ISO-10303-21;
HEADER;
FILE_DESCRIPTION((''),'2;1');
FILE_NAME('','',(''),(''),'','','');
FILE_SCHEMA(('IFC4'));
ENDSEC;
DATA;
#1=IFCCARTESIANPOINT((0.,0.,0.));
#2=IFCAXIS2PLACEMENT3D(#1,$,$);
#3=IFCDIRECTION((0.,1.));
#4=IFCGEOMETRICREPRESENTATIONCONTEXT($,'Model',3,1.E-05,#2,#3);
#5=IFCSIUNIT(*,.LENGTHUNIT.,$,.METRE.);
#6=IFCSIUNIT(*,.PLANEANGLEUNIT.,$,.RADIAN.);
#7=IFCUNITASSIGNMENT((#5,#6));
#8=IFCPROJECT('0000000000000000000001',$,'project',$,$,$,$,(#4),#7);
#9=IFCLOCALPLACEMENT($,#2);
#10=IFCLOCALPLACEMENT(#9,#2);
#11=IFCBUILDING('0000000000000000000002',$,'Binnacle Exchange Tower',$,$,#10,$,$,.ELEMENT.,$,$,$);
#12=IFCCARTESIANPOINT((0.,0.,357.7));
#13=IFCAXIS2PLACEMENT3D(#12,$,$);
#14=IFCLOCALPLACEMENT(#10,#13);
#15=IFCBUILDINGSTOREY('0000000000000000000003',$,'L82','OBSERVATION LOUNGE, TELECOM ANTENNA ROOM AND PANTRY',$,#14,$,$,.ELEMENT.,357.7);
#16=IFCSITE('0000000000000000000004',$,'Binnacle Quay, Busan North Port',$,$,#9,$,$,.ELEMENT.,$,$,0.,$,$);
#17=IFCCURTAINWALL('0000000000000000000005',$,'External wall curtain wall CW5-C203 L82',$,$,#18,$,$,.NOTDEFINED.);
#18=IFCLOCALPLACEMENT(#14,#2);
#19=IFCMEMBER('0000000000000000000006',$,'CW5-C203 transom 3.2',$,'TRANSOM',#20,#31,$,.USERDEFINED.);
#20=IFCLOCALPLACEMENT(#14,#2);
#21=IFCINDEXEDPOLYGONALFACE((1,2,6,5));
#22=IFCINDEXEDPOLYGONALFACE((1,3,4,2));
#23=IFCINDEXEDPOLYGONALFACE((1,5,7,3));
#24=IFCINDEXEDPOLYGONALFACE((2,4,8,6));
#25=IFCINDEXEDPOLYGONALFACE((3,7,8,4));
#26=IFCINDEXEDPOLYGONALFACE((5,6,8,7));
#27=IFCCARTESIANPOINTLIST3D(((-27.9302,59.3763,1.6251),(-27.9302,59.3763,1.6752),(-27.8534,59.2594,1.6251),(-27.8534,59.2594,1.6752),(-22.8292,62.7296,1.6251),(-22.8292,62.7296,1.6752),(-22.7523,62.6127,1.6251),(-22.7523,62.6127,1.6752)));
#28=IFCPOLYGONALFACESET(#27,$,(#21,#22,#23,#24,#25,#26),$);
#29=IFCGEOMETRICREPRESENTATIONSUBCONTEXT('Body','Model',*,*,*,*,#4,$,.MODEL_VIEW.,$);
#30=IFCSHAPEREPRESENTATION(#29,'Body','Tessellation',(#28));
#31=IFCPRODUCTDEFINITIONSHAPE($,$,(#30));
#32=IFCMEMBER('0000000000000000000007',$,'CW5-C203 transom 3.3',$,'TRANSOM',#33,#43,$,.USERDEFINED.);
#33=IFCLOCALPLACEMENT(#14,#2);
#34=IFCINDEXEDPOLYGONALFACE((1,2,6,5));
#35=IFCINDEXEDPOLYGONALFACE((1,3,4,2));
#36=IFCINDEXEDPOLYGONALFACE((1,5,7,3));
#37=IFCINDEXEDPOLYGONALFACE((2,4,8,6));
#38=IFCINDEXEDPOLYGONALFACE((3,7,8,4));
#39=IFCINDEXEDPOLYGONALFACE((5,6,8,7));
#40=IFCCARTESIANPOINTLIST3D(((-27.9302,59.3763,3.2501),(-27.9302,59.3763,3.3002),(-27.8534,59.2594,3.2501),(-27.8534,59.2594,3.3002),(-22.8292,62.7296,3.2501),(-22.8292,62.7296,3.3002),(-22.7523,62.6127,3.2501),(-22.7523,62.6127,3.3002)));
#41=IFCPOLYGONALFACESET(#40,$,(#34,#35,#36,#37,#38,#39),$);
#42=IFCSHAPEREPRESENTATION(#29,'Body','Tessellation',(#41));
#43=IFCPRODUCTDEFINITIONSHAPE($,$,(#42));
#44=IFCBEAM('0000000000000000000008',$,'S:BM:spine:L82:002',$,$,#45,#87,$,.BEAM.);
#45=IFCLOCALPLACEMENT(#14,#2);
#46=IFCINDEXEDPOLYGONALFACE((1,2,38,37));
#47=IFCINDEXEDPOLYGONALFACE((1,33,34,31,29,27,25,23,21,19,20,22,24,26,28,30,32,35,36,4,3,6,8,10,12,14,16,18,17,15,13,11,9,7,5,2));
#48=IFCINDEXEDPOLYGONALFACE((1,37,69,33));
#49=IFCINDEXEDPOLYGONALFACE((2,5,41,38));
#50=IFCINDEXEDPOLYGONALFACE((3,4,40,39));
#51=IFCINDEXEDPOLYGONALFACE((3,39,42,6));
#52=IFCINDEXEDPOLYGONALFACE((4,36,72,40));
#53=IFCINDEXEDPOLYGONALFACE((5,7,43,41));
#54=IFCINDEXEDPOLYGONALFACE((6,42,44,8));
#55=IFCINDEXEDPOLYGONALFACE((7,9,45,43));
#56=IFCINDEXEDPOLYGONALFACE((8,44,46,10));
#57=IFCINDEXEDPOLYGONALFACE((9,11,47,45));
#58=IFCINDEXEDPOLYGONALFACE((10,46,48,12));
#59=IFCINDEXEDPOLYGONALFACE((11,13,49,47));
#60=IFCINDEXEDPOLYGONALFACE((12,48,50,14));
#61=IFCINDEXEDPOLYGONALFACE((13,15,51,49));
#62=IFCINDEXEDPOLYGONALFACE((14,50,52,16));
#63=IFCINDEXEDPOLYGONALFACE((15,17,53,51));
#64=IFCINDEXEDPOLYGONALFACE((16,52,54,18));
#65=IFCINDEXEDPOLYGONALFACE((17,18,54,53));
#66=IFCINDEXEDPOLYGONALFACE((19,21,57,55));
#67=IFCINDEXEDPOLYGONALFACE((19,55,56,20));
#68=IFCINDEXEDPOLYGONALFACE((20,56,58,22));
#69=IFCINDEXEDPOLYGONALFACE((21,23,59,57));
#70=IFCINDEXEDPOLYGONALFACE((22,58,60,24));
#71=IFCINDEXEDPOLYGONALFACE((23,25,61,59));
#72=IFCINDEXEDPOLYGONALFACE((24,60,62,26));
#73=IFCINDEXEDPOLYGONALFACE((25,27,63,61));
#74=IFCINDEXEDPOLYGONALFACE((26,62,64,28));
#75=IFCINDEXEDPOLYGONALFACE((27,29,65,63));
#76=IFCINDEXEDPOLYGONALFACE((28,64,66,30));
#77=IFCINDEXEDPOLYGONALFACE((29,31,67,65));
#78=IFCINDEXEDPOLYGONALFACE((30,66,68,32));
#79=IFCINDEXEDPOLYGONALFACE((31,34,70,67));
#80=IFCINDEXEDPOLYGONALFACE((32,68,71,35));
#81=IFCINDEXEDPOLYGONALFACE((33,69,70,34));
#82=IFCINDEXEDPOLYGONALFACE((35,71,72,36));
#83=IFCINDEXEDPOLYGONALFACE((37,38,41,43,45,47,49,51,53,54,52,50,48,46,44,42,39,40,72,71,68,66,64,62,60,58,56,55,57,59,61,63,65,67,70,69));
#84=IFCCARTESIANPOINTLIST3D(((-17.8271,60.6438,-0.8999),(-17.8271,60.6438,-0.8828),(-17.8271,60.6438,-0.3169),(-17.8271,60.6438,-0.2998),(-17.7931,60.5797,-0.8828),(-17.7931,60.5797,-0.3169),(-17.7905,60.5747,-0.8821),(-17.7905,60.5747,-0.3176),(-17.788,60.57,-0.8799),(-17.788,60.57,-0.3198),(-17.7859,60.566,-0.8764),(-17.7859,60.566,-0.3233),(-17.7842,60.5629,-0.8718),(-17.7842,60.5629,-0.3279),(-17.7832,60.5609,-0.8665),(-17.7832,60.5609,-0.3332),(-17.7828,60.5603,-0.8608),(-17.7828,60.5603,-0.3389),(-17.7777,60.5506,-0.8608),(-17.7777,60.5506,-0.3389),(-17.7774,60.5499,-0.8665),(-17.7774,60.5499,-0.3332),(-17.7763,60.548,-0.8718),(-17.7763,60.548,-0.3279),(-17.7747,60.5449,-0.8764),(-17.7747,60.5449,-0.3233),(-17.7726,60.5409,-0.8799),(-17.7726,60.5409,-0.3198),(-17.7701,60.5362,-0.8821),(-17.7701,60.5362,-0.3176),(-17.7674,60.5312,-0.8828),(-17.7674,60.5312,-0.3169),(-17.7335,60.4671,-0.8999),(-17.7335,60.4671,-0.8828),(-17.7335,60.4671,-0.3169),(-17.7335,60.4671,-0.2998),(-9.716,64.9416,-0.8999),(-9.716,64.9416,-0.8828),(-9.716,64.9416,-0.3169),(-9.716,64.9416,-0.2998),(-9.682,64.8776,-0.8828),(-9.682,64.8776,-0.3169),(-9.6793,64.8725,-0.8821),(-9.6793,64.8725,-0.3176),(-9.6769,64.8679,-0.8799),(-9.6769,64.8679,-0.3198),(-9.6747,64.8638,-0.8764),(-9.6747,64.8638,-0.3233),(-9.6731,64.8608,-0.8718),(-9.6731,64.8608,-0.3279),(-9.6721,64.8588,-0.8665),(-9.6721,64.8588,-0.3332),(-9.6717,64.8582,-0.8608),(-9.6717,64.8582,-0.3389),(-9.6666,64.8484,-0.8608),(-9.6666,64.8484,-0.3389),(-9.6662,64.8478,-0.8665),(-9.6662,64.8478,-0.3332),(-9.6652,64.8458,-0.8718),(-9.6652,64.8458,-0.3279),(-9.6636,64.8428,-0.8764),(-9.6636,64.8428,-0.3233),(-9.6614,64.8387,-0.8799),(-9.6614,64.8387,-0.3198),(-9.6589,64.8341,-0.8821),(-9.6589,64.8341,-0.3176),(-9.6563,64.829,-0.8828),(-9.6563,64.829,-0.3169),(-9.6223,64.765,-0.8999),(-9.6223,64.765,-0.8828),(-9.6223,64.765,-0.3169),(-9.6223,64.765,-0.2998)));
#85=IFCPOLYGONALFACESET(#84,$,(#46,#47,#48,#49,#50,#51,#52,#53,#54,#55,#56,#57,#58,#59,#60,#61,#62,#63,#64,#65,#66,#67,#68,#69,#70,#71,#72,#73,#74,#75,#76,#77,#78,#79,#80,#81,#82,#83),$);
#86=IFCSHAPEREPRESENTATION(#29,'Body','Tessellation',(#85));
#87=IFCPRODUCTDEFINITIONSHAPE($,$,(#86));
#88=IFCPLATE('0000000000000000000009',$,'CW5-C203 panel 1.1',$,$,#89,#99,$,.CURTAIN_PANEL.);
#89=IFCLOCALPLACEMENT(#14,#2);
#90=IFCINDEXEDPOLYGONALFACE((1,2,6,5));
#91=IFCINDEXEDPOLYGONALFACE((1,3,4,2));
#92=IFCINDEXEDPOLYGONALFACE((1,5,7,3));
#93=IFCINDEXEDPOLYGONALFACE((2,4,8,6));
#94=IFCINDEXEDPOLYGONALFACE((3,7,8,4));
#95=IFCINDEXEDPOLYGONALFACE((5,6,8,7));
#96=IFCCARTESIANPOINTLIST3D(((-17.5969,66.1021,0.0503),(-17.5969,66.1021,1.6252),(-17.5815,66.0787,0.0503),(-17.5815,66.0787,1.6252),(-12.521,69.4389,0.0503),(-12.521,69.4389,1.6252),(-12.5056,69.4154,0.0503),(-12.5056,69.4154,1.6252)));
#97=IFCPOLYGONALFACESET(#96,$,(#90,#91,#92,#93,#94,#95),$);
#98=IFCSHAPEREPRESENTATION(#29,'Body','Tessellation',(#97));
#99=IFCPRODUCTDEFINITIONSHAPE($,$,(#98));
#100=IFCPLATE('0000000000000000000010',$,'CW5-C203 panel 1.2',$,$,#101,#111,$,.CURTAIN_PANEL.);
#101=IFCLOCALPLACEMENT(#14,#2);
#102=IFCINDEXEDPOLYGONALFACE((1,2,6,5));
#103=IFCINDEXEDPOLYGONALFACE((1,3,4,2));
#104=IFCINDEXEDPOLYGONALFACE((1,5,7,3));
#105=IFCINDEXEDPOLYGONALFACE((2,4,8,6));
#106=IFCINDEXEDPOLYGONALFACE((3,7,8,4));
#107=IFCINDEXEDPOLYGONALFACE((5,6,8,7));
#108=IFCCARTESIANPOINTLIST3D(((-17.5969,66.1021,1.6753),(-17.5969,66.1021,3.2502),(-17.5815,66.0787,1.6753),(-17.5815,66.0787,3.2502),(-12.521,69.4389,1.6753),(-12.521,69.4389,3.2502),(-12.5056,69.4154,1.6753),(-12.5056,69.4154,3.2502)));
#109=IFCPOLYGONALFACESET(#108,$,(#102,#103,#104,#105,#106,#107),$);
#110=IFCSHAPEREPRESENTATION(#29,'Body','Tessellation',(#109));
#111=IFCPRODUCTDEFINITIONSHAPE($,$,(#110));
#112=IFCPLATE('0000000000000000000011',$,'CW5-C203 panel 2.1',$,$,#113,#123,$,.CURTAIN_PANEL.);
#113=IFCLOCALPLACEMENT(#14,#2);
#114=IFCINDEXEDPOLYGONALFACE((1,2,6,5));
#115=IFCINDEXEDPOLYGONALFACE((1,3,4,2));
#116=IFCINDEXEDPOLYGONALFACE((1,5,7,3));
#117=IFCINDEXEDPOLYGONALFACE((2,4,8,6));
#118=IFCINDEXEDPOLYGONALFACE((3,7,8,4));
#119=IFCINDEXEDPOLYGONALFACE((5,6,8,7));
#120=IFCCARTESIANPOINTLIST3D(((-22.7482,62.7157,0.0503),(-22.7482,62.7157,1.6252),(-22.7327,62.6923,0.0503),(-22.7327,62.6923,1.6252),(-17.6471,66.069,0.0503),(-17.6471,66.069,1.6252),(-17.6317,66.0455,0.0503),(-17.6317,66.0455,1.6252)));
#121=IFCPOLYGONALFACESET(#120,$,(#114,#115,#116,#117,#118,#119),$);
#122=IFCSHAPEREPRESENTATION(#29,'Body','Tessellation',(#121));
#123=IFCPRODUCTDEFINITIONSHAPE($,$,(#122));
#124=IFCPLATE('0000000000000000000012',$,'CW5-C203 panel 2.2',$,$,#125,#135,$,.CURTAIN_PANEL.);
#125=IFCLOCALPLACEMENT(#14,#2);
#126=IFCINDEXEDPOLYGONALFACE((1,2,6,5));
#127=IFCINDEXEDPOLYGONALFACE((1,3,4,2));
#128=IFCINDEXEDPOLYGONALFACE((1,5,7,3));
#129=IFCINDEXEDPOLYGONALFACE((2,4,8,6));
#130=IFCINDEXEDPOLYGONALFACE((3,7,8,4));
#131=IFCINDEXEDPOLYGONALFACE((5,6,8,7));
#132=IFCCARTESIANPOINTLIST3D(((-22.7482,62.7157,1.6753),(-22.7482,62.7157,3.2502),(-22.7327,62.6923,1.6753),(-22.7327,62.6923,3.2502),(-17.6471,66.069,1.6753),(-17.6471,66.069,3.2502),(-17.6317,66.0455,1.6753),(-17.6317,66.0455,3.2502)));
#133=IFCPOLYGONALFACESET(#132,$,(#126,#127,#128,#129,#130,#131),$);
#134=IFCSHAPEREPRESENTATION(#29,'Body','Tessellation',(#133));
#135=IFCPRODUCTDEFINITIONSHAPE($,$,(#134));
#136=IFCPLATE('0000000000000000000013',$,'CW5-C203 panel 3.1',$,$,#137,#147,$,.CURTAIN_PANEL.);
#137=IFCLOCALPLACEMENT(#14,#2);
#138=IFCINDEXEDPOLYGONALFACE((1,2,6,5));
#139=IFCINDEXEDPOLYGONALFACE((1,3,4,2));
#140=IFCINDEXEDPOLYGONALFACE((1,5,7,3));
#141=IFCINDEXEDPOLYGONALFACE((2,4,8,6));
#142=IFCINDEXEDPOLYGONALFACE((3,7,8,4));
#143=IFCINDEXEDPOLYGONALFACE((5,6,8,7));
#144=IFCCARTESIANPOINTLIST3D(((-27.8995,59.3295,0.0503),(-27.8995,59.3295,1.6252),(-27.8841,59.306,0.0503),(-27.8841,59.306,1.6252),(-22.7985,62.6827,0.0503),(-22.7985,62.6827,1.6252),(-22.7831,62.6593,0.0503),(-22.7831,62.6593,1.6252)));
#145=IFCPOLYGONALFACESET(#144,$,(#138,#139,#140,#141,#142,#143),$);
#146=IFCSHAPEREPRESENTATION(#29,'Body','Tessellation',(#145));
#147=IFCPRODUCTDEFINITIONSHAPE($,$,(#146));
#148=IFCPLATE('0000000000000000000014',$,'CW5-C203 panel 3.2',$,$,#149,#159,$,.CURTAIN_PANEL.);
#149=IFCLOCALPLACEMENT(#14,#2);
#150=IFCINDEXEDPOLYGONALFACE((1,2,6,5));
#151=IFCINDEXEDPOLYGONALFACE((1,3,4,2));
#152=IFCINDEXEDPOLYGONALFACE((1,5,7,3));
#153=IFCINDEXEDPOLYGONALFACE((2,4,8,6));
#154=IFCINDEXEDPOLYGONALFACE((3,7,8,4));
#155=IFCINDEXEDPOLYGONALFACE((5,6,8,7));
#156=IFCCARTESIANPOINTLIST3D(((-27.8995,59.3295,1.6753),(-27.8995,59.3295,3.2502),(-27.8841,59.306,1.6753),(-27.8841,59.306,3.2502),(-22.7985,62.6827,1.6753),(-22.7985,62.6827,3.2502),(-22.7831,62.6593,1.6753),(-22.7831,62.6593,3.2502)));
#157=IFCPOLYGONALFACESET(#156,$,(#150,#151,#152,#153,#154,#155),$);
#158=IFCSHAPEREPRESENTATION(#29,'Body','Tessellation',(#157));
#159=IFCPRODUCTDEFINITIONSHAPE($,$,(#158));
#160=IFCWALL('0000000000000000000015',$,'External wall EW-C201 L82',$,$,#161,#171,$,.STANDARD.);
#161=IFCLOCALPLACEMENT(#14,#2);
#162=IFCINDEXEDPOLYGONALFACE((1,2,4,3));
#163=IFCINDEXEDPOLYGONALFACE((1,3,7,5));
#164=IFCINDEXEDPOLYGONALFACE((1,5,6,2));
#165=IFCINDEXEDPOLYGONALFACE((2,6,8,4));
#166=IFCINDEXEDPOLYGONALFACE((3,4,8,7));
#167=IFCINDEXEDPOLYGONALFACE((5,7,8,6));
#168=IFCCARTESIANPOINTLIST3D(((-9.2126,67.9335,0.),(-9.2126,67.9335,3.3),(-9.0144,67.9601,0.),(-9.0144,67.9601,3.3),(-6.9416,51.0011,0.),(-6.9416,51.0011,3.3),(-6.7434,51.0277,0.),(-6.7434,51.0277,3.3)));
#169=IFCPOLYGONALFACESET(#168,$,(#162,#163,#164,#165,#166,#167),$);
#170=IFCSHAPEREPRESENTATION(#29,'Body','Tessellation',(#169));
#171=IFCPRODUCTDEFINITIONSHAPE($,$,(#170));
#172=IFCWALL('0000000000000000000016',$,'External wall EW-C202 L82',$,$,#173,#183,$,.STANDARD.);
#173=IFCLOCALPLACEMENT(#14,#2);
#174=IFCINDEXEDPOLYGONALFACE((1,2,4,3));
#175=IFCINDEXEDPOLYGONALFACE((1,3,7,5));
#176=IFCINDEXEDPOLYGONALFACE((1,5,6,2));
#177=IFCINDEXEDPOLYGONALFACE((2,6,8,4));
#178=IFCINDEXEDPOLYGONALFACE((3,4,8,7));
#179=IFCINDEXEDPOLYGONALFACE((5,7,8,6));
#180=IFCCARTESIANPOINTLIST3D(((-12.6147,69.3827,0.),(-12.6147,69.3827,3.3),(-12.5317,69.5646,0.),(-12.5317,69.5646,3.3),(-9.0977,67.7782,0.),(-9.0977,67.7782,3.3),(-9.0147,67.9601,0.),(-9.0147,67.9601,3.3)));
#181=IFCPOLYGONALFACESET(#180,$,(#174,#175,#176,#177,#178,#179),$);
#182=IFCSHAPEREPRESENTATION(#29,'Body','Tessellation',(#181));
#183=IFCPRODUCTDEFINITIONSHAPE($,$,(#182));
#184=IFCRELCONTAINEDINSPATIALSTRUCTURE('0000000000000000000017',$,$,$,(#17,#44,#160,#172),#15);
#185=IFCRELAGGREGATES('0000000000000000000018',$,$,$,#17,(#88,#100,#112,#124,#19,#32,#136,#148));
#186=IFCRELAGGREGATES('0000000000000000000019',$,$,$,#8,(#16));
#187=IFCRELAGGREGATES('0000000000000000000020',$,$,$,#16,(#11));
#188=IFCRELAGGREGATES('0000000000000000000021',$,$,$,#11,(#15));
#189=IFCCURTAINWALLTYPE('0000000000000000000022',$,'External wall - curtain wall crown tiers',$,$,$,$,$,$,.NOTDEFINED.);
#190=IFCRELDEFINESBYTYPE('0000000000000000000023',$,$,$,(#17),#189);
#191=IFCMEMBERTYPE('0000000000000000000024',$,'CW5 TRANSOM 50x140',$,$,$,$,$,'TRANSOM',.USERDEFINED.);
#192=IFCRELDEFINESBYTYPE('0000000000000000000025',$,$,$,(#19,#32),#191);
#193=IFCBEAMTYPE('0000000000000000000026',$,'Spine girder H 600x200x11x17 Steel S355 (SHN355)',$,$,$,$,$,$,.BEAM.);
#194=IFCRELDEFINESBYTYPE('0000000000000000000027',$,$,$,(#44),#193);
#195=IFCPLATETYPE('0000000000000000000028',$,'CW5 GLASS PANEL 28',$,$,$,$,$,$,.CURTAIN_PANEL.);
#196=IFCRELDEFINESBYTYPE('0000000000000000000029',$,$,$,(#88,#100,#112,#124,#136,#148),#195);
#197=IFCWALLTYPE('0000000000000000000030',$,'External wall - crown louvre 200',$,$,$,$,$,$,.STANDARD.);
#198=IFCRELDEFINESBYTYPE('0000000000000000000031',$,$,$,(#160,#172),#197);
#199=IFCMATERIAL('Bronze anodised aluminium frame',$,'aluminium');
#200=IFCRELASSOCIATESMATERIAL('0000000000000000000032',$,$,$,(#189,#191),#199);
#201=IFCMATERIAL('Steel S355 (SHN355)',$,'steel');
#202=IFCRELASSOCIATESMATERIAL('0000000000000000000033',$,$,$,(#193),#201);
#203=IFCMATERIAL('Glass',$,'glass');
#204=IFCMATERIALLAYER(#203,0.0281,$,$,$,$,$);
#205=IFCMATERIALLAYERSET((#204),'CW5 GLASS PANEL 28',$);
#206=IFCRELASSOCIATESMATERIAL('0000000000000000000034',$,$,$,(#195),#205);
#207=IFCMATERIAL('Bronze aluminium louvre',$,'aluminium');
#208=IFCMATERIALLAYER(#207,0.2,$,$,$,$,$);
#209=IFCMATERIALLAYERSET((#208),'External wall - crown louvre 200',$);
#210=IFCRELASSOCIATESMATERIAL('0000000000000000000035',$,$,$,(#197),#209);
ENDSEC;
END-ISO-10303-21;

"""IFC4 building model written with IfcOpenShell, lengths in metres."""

from ifc_helpers import new_model, si_unit, direction, frame, frame_2d, origin, origin_2d, place, context, subcontext, project, spatial, rectangle, i_section, extrude, material, layer, layer_set, material_profile, profile_set, type_object, element, aggregate, save


model = new_model("IFC4")

# Units and contexts
model_context = context("Model", 3, precision=1e-05, world=origin(), true_north=direction((0.0, 1.0)))
body_context = subcontext(model_context, "Body", "Model", "MODEL_VIEW")
ifc_project = project(units=[si_unit("LENGTHUNIT", "METRE"), si_unit("PLANEANGLEUNIT", "RADIAN")], contexts=[model_context])

# Site, building, storey
site_placement = place(None, origin())
site = spatial("IfcSite", under=ifc_project, at=site_placement, Name="Binnacle Quay, Busan North Port", CompositionType="ELEMENT", RefElevation=0.0)
building_placement = place(site_placement, origin())
building = spatial("IfcBuilding", under=site, at=building_placement, Name="Binnacle Exchange Tower", CompositionType="ELEMENT")
storey_placement = place(building_placement, frame((0.0, 0.0, 357.7)))
storey = spatial("IfcBuildingStorey", under=building, at=storey_placement, Name="L82", Description="OBSERVATION LOUNGE, TELECOM ANTENNA ROOM AND PANTRY", CompositionType="ELEMENT", Elevation=357.7)

# Shared definitions
ifc_material_1 = material(Name="Steel S355 (SHN355)", Category="steel")

# Curtain wall, members
ifc_material_2 = material(Name="Bronze anodised aluminium frame", Category="aluminium")
curtain_wall_type = type_object("IfcCurtainWallType", Name="External wall - curtain wall crown tiers", PredefinedType="NOTDEFINED", material=ifc_material_2)
curtain_wall_placement = place(storey_placement, origin())
curtain_wall = element("IfcCurtainWall", 1, at=curtain_wall_placement, inside=storey, type_object=curtain_wall_type, Name="External wall curtain wall CW5-C203 L82", PredefinedType="NOTDEFINED")
ifc_material_profile_1 = material_profile(ifc_material_2, rectangle(XDim=0.1399, YDim=0.05, at=origin_2d()), Name="AL 140x50")
ifc_profile_set_1 = profile_set([ifc_material_profile_1], Name="Bronze anodised aluminium frame")
member_type_1 = type_object("IfcMemberType", Name="CW5 TRANSOM 50x140", ElementType="TRANSOM", PredefinedType="USERDEFINED", material=ifc_profile_set_1)
member_1_placement = place(storey_placement, frame((-22.7908, 62.6711, 1.6501), z_axis=(-0.83562, -0.549308, 0.0), x_axis=(0.549308, -0.83562, 0.0)))
member_1 = element("IfcMember", 2, at=member_1_placement, type_object=member_type_1, Name="CW5-C203 transom 3.2", ObjectType="TRANSOM", PredefinedType="USERDEFINED", context=body_context, shape_type="SweptSolid", body=[
    extrude(rectangle(XDim=0.1399, YDim=0.05, at=origin_2d()), origin(), (0.0, 0.0, 1.0), 6.1045),
])
member_2_placement = place(storey_placement, frame((-22.7908, 62.6711, 3.2751), z_axis=(-0.83562, -0.549308, 0.0), x_axis=(0.549308, -0.83562, 0.0)))
member_2 = element("IfcMember", 3, at=member_2_placement, type_object=member_type_1, Name="CW5-C203 transom 3.3", ObjectType="TRANSOM", PredefinedType="USERDEFINED", context=body_context, shape_type="SweptSolid", body=[
    extrude(rectangle(XDim=0.1399, YDim=0.05, at=origin_2d()), origin(), (0.0, 0.0, 1.0), 6.1045),
])

# Beam
ifc_material_profile_2 = material_profile(ifc_material_1, i_section(OverallWidth=0.2, OverallDepth=0.6001, WebThickness=0.011, FlangeThickness=0.0171, FilletRadius=0.022, at=origin_2d()), Name="H 600x200x11x17")
ifc_profile_set_2 = profile_set([ifc_material_profile_2], Name="Steel S355 (SHN355)")
beam_type = type_object("IfcBeamType", Name="Spine girder H 600x200x11x17 Steel S355 (SHN355)", PredefinedType="BEAM", material=ifc_profile_set_2)
beam_placement = place(storey_placement, frame((-17.7803, 60.5554, -0.5999), z_axis=(0.883619, 0.468207, 0.0), x_axis=(-0.468207, 0.883619, 0.0)))
element("IfcBeam", 4, at=beam_placement, inside=storey, type_object=beam_type, Name="S:BM:spine:L82:002", PredefinedType="BEAM", context=body_context, shape_type="SweptSolid", body=[
    extrude(i_section(OverallWidth=0.2, OverallDepth=0.6001, WebThickness=0.011, FlangeThickness=0.0171, FilletRadius=0.022, at=origin_2d()), origin(), (0.0, 0.0, 1.0), 9.1794),
])

# Plates
ifc_material_3 = material(Name="Glass", Category="glass")
ifc_layer_1 = layer(ifc_material_3, 0.0281)
ifc_layer_set_1 = layer_set([ifc_layer_1], Name="CW5 GLASS PANEL 28")
plate_type = type_object("IfcPlateType", Name="CW5 GLASS PANEL 28", PredefinedType="CURTAIN_PANEL", material=ifc_layer_set_1)
plate_1_placement = place(storey_placement, frame((-15.0513, 67.7588, 0.0503), z_axis=(0.0, 0.0, 1.0), x_axis=(-0.835618, -0.54931, 0.0)))
plate_1 = element("IfcPlate", 5, at=plate_1_placement, type_object=plate_type, Name="CW5-C203 panel 1.1", PredefinedType="CURTAIN_PANEL", context=body_context, shape_type="SweptSolid", body=[
    extrude(rectangle(XDim=6.0745, YDim=0.0281, at=origin_2d()), origin(), (0.0, 0.0, 1.0), 1.575),
])
plate_2_placement = place(storey_placement, frame((-15.0513, 67.7588, 1.6753), z_axis=(0.0, 0.0, 1.0), x_axis=(-0.835618, -0.54931, 0.0)))
plate_2 = element("IfcPlate", 6, at=plate_2_placement, type_object=plate_type, Name="CW5-C203 panel 1.2", PredefinedType="CURTAIN_PANEL", context=body_context, shape_type="SweptSolid", body=[
    extrude(rectangle(XDim=6.0745, YDim=0.0281, at=origin_2d()), origin(), (0.0, 0.0, 1.0), 1.575),
])
plate_3_placement = place(storey_placement, frame((-20.1899, 64.3806, 0.0503), z_axis=(0.0, 0.0, 1.0), x_axis=(-0.835618, -0.54931, 0.0)))
plate_3 = element("IfcPlate", 7, at=plate_3_placement, type_object=plate_type, Name="CW5-C203 panel 2.1", PredefinedType="CURTAIN_PANEL", context=body_context, shape_type="SweptSolid", body=[
    extrude(rectangle(XDim=6.1045, YDim=0.0281, at=origin_2d()), origin(), (0.0, 0.0, 1.0), 1.575),
])
plate_4_placement = place(storey_placement, frame((-20.1899, 64.3806, 1.6753), z_axis=(0.0, 0.0, 1.0), x_axis=(-0.835618, -0.54931, 0.0)))
plate_4 = element("IfcPlate", 8, at=plate_4_placement, type_object=plate_type, Name="CW5-C203 panel 2.2", PredefinedType="CURTAIN_PANEL", context=body_context, shape_type="SweptSolid", body=[
    extrude(rectangle(XDim=6.1045, YDim=0.0281, at=origin_2d()), origin(), (0.0, 0.0, 1.0), 1.575),
])
plate_5_placement = place(storey_placement, frame((-25.3413, 60.9944, 0.0503), z_axis=(0.0, 0.0, 1.0), x_axis=(-0.835618, -0.54931, 0.0)))
plate_5 = element("IfcPlate", 9, at=plate_5_placement, type_object=plate_type, Name="CW5-C203 panel 3.1", PredefinedType="CURTAIN_PANEL", context=body_context, shape_type="SweptSolid", body=[
    extrude(rectangle(XDim=6.1045, YDim=0.0281, at=origin_2d()), origin(), (0.0, 0.0, 1.0), 1.575),
])
plate_6_placement = place(storey_placement, frame((-25.3413, 60.9944, 1.6753), z_axis=(0.0, 0.0, 1.0), x_axis=(-0.835618, -0.54931, 0.0)))
plate_6 = element("IfcPlate", 10, at=plate_6_placement, type_object=plate_type, Name="CW5-C203 panel 3.2", PredefinedType="CURTAIN_PANEL", context=body_context, shape_type="SweptSolid", body=[
    extrude(rectangle(XDim=6.1045, YDim=0.0281, at=origin_2d()), origin(), (0.0, 0.0, 1.0), 1.575),
])
aggregate(curtain_wall, [plate_1, plate_2, plate_3, plate_4, member_1, member_2, plate_5, plate_6])

# Walls
ifc_material_4 = material(Name="Bronze aluminium louvre", Category="aluminium")
ifc_layer_2 = layer(ifc_material_4, 0.2)
ifc_layer_set_2 = layer_set([ifc_layer_2], Name="External wall - crown louvre 200")
wall_type = type_object("IfcWallType", Name="External wall - crown louvre 200", PredefinedType="STANDARD", material=ifc_layer_set_2)
wall_1_placement = place(storey_placement, frame((-9.1135, 67.9468, 0.0), z_axis=(0.0, 0.0, 1.0), x_axis=(0.132931, -0.991125, 0.0)))
element("IfcWall", 11, at=wall_1_placement, inside=storey, type_object=wall_type, Name="External wall EW-C201 L82", PredefinedType="STANDARD", context=body_context, shape_type="SweptSolid", body=[
    extrude(rectangle(XDim=17.084, YDim=0.2, at=frame_2d((8.542, 0.0))), origin(), (0.0, 0.0, 1.0), 3.3),
])
wall_2_placement = place(storey_placement, frame((-12.5732, 69.4736, 0.0), z_axis=(0.0, 0.0, 1.0), x_axis=(0.909799, -0.415049, 0.0)))
element("IfcWall", 12, at=wall_2_placement, inside=storey, type_object=wall_type, Name="External wall EW-C202 L82", PredefinedType="STANDARD", context=body_context, shape_type="SweptSolid", body=[
    extrude(rectangle(XDim=3.8657, YDim=0.2, at=frame_2d((1.9329, 0.0))), origin(), (0.0, 0.0, 1.0), 3.3),
])

save(model, "model.ifc")
